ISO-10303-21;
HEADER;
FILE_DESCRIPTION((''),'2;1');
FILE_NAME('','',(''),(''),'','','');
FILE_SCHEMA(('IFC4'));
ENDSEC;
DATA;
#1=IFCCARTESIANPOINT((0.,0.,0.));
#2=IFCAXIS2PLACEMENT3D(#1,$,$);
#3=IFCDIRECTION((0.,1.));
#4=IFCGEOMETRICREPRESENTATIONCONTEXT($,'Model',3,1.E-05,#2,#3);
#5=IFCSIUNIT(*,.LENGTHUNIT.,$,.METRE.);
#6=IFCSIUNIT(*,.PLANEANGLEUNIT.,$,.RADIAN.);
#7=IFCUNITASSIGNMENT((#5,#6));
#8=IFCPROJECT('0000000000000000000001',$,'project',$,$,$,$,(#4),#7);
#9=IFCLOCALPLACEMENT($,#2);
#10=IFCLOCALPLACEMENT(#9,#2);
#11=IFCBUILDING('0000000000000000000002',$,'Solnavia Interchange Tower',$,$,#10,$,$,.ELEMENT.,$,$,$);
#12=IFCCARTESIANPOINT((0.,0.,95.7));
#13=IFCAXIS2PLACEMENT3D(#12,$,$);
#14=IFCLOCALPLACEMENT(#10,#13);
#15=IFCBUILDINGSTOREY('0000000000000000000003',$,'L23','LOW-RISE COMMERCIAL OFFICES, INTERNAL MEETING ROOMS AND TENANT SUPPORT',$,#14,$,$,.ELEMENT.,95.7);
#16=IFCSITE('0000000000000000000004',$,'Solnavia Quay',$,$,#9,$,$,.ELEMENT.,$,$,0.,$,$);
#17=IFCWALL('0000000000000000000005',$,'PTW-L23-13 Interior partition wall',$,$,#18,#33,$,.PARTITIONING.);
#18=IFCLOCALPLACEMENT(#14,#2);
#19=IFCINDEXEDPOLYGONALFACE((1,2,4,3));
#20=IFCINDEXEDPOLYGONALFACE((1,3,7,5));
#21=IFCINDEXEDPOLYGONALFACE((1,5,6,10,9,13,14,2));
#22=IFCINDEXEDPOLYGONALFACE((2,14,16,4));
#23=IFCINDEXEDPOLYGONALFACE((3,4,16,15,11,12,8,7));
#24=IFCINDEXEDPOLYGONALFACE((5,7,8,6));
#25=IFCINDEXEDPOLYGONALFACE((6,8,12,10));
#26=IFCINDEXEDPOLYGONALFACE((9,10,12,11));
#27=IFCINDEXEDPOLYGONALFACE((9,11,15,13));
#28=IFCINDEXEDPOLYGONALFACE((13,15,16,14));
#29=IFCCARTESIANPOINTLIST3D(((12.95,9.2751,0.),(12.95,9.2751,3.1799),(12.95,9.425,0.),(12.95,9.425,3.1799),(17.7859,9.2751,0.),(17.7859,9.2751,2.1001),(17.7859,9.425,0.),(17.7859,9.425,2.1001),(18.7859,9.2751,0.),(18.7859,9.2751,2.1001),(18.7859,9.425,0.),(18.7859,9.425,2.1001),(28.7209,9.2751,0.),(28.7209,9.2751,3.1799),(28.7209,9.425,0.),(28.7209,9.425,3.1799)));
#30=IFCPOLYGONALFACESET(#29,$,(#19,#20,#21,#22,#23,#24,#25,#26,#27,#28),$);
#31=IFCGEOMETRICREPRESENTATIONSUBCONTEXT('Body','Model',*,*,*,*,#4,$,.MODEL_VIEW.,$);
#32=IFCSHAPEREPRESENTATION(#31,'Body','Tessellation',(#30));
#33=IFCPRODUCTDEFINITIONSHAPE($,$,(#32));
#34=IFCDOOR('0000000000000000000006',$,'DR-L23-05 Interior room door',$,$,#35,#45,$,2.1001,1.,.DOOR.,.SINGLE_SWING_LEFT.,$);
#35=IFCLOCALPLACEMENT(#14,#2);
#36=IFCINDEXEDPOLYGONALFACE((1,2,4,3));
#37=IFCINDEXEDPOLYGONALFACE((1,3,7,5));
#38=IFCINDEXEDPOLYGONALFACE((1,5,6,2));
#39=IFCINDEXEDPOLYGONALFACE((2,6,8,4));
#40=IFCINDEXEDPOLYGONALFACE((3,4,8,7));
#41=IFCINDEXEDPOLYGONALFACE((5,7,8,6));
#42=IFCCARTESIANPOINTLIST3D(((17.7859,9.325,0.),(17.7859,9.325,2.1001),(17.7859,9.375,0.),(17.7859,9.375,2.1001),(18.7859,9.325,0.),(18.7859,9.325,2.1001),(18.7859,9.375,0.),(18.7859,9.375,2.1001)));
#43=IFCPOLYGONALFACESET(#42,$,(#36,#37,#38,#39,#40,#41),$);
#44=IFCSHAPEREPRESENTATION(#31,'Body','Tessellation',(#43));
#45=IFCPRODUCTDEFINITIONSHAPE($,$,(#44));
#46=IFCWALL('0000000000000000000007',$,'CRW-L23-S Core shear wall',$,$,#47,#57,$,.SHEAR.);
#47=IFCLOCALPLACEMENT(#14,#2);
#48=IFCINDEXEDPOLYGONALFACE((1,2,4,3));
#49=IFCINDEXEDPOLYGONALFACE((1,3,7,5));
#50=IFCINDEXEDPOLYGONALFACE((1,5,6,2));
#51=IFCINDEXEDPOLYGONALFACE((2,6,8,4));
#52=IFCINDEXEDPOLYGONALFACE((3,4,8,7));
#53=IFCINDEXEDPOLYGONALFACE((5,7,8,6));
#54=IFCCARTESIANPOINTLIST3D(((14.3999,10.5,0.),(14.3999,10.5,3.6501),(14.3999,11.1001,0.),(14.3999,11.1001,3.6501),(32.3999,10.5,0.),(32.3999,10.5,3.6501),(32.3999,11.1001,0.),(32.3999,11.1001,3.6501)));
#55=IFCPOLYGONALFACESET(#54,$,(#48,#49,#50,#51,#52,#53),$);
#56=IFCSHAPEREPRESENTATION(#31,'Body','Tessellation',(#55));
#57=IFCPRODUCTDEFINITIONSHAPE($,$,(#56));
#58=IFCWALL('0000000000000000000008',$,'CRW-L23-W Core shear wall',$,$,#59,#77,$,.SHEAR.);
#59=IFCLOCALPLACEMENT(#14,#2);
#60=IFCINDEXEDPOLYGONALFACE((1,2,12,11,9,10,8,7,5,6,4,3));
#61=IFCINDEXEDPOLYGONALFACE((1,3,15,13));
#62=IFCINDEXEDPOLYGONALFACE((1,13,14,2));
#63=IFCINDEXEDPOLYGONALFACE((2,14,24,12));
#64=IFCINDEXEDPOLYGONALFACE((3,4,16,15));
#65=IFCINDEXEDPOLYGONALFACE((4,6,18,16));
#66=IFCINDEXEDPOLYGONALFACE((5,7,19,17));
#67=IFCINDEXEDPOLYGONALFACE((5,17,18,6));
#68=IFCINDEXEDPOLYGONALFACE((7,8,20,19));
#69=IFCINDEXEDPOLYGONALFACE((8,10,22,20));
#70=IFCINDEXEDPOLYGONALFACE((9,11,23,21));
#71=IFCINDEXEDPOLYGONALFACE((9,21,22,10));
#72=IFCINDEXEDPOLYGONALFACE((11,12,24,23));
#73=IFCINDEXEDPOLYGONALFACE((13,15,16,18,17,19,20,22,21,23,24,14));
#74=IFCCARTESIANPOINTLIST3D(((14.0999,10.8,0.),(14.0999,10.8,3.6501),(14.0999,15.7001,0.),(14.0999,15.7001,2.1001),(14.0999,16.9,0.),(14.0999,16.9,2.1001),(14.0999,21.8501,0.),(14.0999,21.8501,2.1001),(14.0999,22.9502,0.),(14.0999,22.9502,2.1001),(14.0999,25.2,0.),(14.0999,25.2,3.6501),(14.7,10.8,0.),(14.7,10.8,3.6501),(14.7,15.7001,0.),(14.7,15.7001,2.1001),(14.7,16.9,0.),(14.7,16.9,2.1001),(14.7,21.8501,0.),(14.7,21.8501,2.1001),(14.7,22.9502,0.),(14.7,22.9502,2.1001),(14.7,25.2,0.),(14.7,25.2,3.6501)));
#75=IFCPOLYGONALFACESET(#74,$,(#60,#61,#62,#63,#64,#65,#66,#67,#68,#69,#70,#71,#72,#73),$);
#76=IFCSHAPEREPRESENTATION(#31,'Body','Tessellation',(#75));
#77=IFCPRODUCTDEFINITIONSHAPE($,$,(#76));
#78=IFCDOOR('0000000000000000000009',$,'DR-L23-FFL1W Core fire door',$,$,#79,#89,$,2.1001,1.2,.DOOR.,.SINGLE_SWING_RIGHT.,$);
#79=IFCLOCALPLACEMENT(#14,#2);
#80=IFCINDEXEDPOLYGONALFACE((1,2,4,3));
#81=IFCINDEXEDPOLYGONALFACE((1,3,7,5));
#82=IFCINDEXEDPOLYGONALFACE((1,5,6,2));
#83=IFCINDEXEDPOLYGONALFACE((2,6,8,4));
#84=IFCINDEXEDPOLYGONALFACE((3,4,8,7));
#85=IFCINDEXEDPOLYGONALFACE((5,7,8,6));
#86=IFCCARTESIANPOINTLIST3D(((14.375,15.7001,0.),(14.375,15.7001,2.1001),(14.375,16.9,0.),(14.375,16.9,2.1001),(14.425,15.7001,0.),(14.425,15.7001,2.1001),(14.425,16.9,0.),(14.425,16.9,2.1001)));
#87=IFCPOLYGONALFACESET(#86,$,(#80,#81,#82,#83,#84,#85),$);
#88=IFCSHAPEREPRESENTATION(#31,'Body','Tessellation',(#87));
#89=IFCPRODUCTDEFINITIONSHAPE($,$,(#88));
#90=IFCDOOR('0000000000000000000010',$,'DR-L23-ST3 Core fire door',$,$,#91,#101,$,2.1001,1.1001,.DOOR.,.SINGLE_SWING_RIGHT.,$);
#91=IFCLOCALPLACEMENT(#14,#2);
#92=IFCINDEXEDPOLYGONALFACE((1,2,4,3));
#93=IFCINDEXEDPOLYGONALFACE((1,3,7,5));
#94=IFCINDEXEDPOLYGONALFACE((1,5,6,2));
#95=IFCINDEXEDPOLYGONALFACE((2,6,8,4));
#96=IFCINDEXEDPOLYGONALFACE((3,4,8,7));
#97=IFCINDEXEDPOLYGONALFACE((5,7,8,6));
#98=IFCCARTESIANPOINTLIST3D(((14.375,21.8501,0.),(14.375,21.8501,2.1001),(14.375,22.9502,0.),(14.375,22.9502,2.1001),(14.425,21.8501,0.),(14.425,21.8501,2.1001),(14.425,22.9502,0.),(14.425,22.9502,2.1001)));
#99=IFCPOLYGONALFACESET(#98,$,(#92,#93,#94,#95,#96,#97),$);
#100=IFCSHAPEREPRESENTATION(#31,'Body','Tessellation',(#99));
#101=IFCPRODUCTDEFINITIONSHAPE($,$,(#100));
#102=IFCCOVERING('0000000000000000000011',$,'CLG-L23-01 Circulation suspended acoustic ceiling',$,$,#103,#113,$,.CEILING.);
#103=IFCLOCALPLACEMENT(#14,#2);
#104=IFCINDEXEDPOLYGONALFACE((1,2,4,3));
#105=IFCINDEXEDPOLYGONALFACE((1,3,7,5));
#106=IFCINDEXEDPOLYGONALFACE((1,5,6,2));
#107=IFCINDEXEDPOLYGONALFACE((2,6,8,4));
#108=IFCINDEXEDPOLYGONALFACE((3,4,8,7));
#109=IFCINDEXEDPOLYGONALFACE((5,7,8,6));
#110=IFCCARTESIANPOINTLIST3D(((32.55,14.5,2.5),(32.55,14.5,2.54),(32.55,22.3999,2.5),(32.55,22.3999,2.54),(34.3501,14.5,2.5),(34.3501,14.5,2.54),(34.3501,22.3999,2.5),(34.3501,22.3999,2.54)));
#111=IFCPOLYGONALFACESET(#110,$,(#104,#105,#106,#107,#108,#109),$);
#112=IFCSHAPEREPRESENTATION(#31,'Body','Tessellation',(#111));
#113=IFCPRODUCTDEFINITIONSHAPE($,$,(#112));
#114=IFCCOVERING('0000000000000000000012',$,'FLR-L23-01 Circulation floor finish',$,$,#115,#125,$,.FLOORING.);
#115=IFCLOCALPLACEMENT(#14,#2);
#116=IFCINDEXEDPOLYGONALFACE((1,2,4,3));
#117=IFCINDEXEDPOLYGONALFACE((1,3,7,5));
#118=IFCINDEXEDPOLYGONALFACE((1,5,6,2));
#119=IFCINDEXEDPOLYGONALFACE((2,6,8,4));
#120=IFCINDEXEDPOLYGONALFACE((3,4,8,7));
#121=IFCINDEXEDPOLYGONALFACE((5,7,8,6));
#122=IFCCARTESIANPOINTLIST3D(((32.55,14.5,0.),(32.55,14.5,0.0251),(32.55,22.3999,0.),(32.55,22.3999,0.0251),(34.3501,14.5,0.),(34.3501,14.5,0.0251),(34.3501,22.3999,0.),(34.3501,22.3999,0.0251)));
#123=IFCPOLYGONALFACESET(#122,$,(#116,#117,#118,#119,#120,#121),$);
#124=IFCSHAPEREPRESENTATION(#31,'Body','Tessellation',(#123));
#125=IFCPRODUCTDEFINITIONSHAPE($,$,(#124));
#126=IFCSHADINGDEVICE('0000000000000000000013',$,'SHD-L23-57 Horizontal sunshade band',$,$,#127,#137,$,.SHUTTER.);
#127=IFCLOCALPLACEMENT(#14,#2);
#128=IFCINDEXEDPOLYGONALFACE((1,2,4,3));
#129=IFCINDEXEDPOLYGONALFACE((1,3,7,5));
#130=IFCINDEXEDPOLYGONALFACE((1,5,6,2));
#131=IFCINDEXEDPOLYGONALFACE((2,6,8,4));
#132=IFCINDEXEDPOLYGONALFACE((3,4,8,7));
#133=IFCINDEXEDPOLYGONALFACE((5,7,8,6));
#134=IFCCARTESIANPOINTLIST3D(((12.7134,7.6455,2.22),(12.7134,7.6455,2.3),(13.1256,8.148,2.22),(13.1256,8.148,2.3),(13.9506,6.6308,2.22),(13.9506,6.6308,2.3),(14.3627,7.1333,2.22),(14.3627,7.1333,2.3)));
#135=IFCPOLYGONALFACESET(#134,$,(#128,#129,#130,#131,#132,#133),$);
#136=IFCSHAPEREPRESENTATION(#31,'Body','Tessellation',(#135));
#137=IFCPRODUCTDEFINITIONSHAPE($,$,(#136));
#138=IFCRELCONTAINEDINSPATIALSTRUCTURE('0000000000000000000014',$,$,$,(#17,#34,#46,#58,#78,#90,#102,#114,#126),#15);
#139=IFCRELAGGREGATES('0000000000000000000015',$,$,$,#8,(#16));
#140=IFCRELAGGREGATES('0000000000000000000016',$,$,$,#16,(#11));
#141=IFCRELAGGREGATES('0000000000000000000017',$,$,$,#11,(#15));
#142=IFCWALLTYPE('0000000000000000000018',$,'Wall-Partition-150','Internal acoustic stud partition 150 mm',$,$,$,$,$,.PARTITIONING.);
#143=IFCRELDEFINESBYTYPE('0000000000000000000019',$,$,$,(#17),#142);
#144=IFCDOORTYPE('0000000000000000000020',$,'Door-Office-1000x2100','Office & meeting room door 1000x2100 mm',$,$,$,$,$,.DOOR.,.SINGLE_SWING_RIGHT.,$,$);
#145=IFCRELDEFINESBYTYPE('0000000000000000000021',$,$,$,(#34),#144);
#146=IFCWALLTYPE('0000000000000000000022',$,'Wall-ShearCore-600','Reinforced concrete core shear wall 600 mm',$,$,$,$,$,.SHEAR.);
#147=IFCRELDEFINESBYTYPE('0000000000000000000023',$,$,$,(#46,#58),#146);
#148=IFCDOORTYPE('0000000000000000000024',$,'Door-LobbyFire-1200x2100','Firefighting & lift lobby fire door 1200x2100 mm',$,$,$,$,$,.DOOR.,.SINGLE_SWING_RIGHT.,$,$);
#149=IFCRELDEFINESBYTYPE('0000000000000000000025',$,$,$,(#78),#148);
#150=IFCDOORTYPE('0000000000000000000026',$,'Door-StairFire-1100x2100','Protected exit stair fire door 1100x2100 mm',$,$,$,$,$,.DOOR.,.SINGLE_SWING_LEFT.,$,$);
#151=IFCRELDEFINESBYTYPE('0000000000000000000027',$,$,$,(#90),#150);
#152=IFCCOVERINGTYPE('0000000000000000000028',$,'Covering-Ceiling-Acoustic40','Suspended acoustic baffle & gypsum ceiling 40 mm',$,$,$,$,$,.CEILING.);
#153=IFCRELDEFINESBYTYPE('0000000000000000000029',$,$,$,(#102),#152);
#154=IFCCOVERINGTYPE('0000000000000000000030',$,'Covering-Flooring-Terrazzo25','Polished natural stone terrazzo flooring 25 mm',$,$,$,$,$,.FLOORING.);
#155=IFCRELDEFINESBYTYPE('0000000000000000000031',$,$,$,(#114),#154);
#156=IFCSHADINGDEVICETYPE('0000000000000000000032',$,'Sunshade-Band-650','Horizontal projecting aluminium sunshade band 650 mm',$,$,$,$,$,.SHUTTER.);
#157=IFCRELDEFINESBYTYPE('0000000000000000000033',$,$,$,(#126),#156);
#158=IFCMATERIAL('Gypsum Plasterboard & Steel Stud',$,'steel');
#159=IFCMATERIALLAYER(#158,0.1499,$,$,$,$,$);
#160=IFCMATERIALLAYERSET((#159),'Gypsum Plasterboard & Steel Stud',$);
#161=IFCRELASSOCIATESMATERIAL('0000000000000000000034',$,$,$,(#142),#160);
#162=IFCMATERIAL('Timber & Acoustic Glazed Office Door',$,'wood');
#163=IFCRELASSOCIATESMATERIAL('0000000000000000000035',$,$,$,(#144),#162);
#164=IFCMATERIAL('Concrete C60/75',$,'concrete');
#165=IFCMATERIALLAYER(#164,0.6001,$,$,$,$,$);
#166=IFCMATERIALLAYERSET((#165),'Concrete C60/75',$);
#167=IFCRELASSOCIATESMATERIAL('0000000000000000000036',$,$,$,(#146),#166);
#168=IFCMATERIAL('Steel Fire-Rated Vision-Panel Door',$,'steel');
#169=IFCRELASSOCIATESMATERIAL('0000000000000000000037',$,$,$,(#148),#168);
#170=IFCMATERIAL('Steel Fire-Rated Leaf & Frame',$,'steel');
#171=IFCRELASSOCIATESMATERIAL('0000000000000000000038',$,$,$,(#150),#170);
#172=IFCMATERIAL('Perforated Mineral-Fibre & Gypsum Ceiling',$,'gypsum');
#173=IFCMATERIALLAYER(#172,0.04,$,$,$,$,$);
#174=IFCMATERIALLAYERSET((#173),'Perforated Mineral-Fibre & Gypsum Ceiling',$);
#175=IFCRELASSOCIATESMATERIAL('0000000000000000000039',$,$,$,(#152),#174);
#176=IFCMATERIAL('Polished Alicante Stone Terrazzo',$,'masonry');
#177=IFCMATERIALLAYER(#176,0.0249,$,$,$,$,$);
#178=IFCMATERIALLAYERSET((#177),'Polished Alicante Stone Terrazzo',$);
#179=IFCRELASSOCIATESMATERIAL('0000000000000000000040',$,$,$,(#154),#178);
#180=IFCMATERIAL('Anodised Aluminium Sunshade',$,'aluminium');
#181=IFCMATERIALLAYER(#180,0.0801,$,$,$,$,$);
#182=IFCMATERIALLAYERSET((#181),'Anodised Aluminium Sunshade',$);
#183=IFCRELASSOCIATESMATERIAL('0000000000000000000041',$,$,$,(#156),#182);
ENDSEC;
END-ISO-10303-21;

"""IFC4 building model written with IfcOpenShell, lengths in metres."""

from ifc_helpers import new_model, si_unit, direction, frame, frame_2d, origin, origin_2d, place, context, subcontext, project, spatial, polyline, rectangle, outline, extrude, material, layer, layer_set, type_object, element, fill, save


model = new_model("IFC4")

# Units and contexts
model_context = context("Model", 3, precision=1e-05, world=origin(), true_north=direction((0.0, 1.0)))
body_context = subcontext(model_context, "Body", "Model", "MODEL_VIEW")
ifc_project = project(units=[si_unit("LENGTHUNIT", "METRE"), si_unit("PLANEANGLEUNIT", "RADIAN")], contexts=[model_context])

# Site, building, storey
site_placement = place(None, origin())
site = spatial("IfcSite", under=ifc_project, at=site_placement, Name="Solnavia Quay", CompositionType="ELEMENT", RefElevation=0.0)
building_placement = place(site_placement, origin())
building = spatial("IfcBuilding", under=site, at=building_placement, Name="Solnavia Interchange Tower", CompositionType="ELEMENT")
storey_placement = place(building_placement, frame((0.0, 0.0, 95.7)))
storey = spatial("IfcBuildingStorey", under=building, at=storey_placement, Name="L23", Description="LOW-RISE COMMERCIAL OFFICES, INTERNAL MEETING ROOMS AND TENANT SUPPORT", CompositionType="ELEMENT", Elevation=95.7)

# Shared definitions
ifc_material_1 = material(Name="Concrete C60/75", Category="concrete")

# Shared definitions
ifc_material_2 = material(Name="Gypsum Plasterboard & Steel Stud", Category="steel")
ifc_layer_1 = layer(ifc_material_2, 0.1499)
ifc_layer_set_1 = layer_set([ifc_layer_1], Name="Gypsum Plasterboard & Steel Stud")
wall_type_1 = type_object("IfcWallType", Name="Wall-Partition-150", Description="Internal acoustic stud partition 150 mm", PredefinedType="PARTITIONING", material=ifc_layer_set_1)

# Wall, opening, door
ifc_material_3 = material(Name="Timber & Acoustic Glazed Office Door", Category="wood")
door_type_1 = type_object("IfcDoorType", Name="Door-Office-1000x2100", Description="Office & meeting room door 1000x2100 mm", OperationType="SINGLE_SWING_RIGHT", PredefinedType="DOOR", material=ifc_material_3)
wall_1_placement = place(storey_placement, frame((12.95, 9.3501, 0.0), z_axis=(0.0, 0.0, 1.0), x_axis=(1.0, 0.0, 0.0)))
wall_1 = element("IfcWall", 1, at=wall_1_placement, inside=storey, type_object=wall_type_1, Name="PTW-L23-13 Interior partition wall", PredefinedType="PARTITIONING", context=body_context, shape_type="SweptSolid", body=[
    extrude(rectangle(XDim=15.771, YDim=0.1499, at=frame_2d((7.8855, 0.0))), origin(), (0.0, 0.0, 1.0), 3.1799),
])
opening_1_placement = place(wall_1_placement, frame((4.8359, 0.0, 0.0)))
opening_1 = element("IfcOpeningElement", 2, at=opening_1_placement, cuts=wall_1, PredefinedType="OPENING", context=body_context, shape_type="SweptSolid", body=[
    extrude(rectangle(XDim=1.0, YDim=2.1001, at=frame_2d((0.5, 1.05))), frame((0.0, 0.085, 0.0), z_axis=(0.0, -1.0, 0.0), x_axis=(1.0, 0.0, 0.0)), (0.0, 0.0, 1.0), 0.1699),
])
door_1_placement = place(opening_1_placement, origin())
door_1 = element("IfcDoor", 3, at=door_1_placement, inside=storey, type_object=door_type_1, Name="DR-L23-05 Interior room door", OperationType="SINGLE_SWING_LEFT", OverallHeight=2.1001, OverallWidth=1.0, PredefinedType="DOOR", context=body_context, shape_type="SweptSolid", body=[
    extrude(rectangle(XDim=1.0, YDim=2.1001, at=frame_2d((0.5, 1.05))), frame((0.0, 0.0249, 0.0), z_axis=(0.0, -1.0, 0.0), x_axis=(1.0, 0.0, 0.0)), (0.0, 0.0, 1.0), 0.05),
])
fill(opening_1, door_1)

# Wall
ifc_layer_2 = layer(ifc_material_1, 0.6001)
ifc_layer_set_2 = layer_set([ifc_layer_2], Name="Concrete C60/75")
wall_type_2 = type_object("IfcWallType", Name="Wall-ShearCore-600", Description="Reinforced concrete core shear wall 600 mm", PredefinedType="SHEAR", material=ifc_layer_set_2)
wall_2_placement = place(storey_placement, frame((14.3999, 10.8, 0.0), z_axis=(0.0, 0.0, 1.0), x_axis=(1.0, 0.0, 0.0)))
element("IfcWall", 4, at=wall_2_placement, inside=storey, type_object=wall_type_2, Name="CRW-L23-S Core shear wall", PredefinedType="SHEAR", context=body_context, shape_type="SweptSolid", body=[
    extrude(rectangle(XDim=18.0, YDim=0.6001, at=frame_2d((9.0, 0.0))), origin(), (0.0, 0.0, 1.0), 3.6501),
])

# Wall, openings, doors
wall_3_placement = place(storey_placement, frame((14.3999, 10.8, 0.0), z_axis=(0.0, 0.0, 1.0), x_axis=(0.0, 1.0, 0.0)))
wall_3 = element("IfcWall", 5, at=wall_3_placement, inside=storey, type_object=wall_type_2, Name="CRW-L23-W Core shear wall", PredefinedType="SHEAR", context=body_context, shape_type="SweptSolid", body=[
    extrude(rectangle(XDim=14.3999, YDim=0.6001, at=frame_2d((7.2, 0.0))), origin(), (0.0, 0.0, 1.0), 3.6501),
])
opening_2_placement = place(wall_3_placement, frame((11.05, 0.0, 0.0)))
opening_2 = element("IfcOpeningElement", 6, at=opening_2_placement, cuts=wall_3, PredefinedType="OPENING", context=body_context, shape_type="SweptSolid", body=[
    extrude(rectangle(XDim=1.1001, YDim=2.1001, at=frame_2d((0.55, 1.05))), frame((0.0, 0.3101, 0.0), z_axis=(0.0, -1.0, 0.0), x_axis=(1.0, 0.0, 0.0)), (0.0, 0.0, 1.0), 0.6201),
])
opening_3_placement = place(wall_3_placement, frame((4.8999, 0.0, 0.0)))
opening_3 = element("IfcOpeningElement", 7, at=opening_3_placement, cuts=wall_3, PredefinedType="OPENING", context=body_context, shape_type="SweptSolid", body=[
    extrude(rectangle(XDim=1.2, YDim=2.1001, at=frame_2d((0.6001, 1.05))), frame((0.0, 0.3101, 0.0), z_axis=(0.0, -1.0, 0.0), x_axis=(1.0, 0.0, 0.0)), (0.0, 0.0, 1.0), 0.6201),
])
ifc_material_4 = material(Name="Steel Fire-Rated Vision-Panel Door", Category="steel")
door_type_2 = type_object("IfcDoorType", Name="Door-LobbyFire-1200x2100", Description="Firefighting & lift lobby fire door 1200x2100 mm", OperationType="SINGLE_SWING_RIGHT", PredefinedType="DOOR", material=ifc_material_4)
door_2_placement = place(opening_3_placement, origin())
door_2 = element("IfcDoor", 8, at=door_2_placement, inside=storey, type_object=door_type_2, Name="DR-L23-FFL1W Core fire door", OperationType="SINGLE_SWING_RIGHT", OverallHeight=2.1001, OverallWidth=1.2, PredefinedType="DOOR", context=body_context, shape_type="SweptSolid", body=[
    extrude(rectangle(XDim=1.2, YDim=2.1001, at=frame_2d((0.6001, 1.05))), frame((0.0, 0.0249, 0.0), z_axis=(0.0, -1.0, 0.0), x_axis=(1.0, 0.0, 0.0)), (0.0, 0.0, 1.0), 0.05),
])
fill(opening_3, door_2)
ifc_material_5 = material(Name="Steel Fire-Rated Leaf & Frame", Category="steel")
door_type_3 = type_object("IfcDoorType", Name="Door-StairFire-1100x2100", Description="Protected exit stair fire door 1100x2100 mm", OperationType="SINGLE_SWING_LEFT", PredefinedType="DOOR", material=ifc_material_5)
door_3_placement = place(opening_2_placement, origin())
door_3 = element("IfcDoor", 9, at=door_3_placement, inside=storey, type_object=door_type_3, Name="DR-L23-ST3 Core fire door", OperationType="SINGLE_SWING_RIGHT", OverallHeight=2.1001, OverallWidth=1.1001, PredefinedType="DOOR", context=body_context, shape_type="SweptSolid", body=[
    extrude(rectangle(XDim=1.1001, YDim=2.1001, at=frame_2d((0.55, 1.05))), frame((0.0, 0.0249, 0.0), z_axis=(0.0, -1.0, 0.0), x_axis=(1.0, 0.0, 0.0)), (0.0, 0.0, 1.0), 0.05),
])
fill(opening_2, door_3)

# Coverings
ifc_material_6 = material(Name="Perforated Mineral-Fibre & Gypsum Ceiling", Category="gypsum")
ifc_layer_3 = layer(ifc_material_6, 0.04)
ifc_layer_set_3 = layer_set([ifc_layer_3], Name="Perforated Mineral-Fibre & Gypsum Ceiling")
covering_type_1 = type_object("IfcCoveringType", Name="Covering-Ceiling-Acoustic40", Description="Suspended acoustic baffle & gypsum ceiling 40 mm", PredefinedType="CEILING", material=ifc_layer_set_3)
covering_1_placement = place(storey_placement, frame((0.0, 0.0, 2.5)))
element("IfcCovering", 10, at=covering_1_placement, inside=storey, type_object=covering_type_1, Name="CLG-L23-01 Circulation suspended acoustic ceiling", PredefinedType="CEILING", context=body_context, shape_type="SweptSolid", body=[
    extrude(outline(polyline([(32.55, 14.5), (34.3501, 14.5), (34.3501, 22.3999), (32.55, 22.3999), (32.55, 14.5)])), origin(), (0.0, 0.0, 1.0), 0.04),
])
ifc_material_7 = material(Name="Polished Alicante Stone Terrazzo", Category="masonry")
ifc_layer_4 = layer(ifc_material_7, 0.0249)
ifc_layer_set_4 = layer_set([ifc_layer_4], Name="Polished Alicante Stone Terrazzo")
covering_type_2 = type_object("IfcCoveringType", Name="Covering-Flooring-Terrazzo25", Description="Polished natural stone terrazzo flooring 25 mm", PredefinedType="FLOORING", material=ifc_layer_set_4)
covering_2_placement = place(storey_placement, origin())
element("IfcCovering", 11, at=covering_2_placement, inside=storey, type_object=covering_type_2, Name="FLR-L23-01 Circulation floor finish", PredefinedType="FLOORING", context=body_context, shape_type="SweptSolid", body=[
    extrude(outline(polyline([(32.55, 14.5), (34.3501, 14.5), (34.3501, 22.3999), (32.55, 22.3999), (32.55, 14.5)])), origin(), (0.0, 0.0, 1.0), 0.0251),
])

# Shading device
ifc_material_8 = material(Name="Anodised Aluminium Sunshade", Category="aluminium")
ifc_layer_5 = layer(ifc_material_8, 0.0801)
ifc_layer_set_5 = layer_set([ifc_layer_5], Name="Anodised Aluminium Sunshade")
shading_device_type = type_object("IfcShadingDeviceType", Name="Sunshade-Band-650", Description="Horizontal projecting aluminium sunshade band 650 mm", PredefinedType="SHUTTER", material=ifc_layer_set_5)
shading_device_placement = place(storey_placement, frame((13.5381, 7.3894, 2.22), z_axis=(0.0, 0.0, 1.0), x_axis=(-0.773177, 0.634191, 0.0)))
element("IfcShadingDevice", 12, at=shading_device_placement, inside=storey, type_object=shading_device_type, Name="SHD-L23-57 Horizontal sunshade band", PredefinedType="SHUTTER", context=body_context, shape_type="SweptSolid", body=[
    extrude(rectangle(XDim=1.6001, YDim=0.6499, at=origin_2d()), origin(), (0.0, 0.0, 1.0), 0.0801),
])

save(model, "model.ifc")
